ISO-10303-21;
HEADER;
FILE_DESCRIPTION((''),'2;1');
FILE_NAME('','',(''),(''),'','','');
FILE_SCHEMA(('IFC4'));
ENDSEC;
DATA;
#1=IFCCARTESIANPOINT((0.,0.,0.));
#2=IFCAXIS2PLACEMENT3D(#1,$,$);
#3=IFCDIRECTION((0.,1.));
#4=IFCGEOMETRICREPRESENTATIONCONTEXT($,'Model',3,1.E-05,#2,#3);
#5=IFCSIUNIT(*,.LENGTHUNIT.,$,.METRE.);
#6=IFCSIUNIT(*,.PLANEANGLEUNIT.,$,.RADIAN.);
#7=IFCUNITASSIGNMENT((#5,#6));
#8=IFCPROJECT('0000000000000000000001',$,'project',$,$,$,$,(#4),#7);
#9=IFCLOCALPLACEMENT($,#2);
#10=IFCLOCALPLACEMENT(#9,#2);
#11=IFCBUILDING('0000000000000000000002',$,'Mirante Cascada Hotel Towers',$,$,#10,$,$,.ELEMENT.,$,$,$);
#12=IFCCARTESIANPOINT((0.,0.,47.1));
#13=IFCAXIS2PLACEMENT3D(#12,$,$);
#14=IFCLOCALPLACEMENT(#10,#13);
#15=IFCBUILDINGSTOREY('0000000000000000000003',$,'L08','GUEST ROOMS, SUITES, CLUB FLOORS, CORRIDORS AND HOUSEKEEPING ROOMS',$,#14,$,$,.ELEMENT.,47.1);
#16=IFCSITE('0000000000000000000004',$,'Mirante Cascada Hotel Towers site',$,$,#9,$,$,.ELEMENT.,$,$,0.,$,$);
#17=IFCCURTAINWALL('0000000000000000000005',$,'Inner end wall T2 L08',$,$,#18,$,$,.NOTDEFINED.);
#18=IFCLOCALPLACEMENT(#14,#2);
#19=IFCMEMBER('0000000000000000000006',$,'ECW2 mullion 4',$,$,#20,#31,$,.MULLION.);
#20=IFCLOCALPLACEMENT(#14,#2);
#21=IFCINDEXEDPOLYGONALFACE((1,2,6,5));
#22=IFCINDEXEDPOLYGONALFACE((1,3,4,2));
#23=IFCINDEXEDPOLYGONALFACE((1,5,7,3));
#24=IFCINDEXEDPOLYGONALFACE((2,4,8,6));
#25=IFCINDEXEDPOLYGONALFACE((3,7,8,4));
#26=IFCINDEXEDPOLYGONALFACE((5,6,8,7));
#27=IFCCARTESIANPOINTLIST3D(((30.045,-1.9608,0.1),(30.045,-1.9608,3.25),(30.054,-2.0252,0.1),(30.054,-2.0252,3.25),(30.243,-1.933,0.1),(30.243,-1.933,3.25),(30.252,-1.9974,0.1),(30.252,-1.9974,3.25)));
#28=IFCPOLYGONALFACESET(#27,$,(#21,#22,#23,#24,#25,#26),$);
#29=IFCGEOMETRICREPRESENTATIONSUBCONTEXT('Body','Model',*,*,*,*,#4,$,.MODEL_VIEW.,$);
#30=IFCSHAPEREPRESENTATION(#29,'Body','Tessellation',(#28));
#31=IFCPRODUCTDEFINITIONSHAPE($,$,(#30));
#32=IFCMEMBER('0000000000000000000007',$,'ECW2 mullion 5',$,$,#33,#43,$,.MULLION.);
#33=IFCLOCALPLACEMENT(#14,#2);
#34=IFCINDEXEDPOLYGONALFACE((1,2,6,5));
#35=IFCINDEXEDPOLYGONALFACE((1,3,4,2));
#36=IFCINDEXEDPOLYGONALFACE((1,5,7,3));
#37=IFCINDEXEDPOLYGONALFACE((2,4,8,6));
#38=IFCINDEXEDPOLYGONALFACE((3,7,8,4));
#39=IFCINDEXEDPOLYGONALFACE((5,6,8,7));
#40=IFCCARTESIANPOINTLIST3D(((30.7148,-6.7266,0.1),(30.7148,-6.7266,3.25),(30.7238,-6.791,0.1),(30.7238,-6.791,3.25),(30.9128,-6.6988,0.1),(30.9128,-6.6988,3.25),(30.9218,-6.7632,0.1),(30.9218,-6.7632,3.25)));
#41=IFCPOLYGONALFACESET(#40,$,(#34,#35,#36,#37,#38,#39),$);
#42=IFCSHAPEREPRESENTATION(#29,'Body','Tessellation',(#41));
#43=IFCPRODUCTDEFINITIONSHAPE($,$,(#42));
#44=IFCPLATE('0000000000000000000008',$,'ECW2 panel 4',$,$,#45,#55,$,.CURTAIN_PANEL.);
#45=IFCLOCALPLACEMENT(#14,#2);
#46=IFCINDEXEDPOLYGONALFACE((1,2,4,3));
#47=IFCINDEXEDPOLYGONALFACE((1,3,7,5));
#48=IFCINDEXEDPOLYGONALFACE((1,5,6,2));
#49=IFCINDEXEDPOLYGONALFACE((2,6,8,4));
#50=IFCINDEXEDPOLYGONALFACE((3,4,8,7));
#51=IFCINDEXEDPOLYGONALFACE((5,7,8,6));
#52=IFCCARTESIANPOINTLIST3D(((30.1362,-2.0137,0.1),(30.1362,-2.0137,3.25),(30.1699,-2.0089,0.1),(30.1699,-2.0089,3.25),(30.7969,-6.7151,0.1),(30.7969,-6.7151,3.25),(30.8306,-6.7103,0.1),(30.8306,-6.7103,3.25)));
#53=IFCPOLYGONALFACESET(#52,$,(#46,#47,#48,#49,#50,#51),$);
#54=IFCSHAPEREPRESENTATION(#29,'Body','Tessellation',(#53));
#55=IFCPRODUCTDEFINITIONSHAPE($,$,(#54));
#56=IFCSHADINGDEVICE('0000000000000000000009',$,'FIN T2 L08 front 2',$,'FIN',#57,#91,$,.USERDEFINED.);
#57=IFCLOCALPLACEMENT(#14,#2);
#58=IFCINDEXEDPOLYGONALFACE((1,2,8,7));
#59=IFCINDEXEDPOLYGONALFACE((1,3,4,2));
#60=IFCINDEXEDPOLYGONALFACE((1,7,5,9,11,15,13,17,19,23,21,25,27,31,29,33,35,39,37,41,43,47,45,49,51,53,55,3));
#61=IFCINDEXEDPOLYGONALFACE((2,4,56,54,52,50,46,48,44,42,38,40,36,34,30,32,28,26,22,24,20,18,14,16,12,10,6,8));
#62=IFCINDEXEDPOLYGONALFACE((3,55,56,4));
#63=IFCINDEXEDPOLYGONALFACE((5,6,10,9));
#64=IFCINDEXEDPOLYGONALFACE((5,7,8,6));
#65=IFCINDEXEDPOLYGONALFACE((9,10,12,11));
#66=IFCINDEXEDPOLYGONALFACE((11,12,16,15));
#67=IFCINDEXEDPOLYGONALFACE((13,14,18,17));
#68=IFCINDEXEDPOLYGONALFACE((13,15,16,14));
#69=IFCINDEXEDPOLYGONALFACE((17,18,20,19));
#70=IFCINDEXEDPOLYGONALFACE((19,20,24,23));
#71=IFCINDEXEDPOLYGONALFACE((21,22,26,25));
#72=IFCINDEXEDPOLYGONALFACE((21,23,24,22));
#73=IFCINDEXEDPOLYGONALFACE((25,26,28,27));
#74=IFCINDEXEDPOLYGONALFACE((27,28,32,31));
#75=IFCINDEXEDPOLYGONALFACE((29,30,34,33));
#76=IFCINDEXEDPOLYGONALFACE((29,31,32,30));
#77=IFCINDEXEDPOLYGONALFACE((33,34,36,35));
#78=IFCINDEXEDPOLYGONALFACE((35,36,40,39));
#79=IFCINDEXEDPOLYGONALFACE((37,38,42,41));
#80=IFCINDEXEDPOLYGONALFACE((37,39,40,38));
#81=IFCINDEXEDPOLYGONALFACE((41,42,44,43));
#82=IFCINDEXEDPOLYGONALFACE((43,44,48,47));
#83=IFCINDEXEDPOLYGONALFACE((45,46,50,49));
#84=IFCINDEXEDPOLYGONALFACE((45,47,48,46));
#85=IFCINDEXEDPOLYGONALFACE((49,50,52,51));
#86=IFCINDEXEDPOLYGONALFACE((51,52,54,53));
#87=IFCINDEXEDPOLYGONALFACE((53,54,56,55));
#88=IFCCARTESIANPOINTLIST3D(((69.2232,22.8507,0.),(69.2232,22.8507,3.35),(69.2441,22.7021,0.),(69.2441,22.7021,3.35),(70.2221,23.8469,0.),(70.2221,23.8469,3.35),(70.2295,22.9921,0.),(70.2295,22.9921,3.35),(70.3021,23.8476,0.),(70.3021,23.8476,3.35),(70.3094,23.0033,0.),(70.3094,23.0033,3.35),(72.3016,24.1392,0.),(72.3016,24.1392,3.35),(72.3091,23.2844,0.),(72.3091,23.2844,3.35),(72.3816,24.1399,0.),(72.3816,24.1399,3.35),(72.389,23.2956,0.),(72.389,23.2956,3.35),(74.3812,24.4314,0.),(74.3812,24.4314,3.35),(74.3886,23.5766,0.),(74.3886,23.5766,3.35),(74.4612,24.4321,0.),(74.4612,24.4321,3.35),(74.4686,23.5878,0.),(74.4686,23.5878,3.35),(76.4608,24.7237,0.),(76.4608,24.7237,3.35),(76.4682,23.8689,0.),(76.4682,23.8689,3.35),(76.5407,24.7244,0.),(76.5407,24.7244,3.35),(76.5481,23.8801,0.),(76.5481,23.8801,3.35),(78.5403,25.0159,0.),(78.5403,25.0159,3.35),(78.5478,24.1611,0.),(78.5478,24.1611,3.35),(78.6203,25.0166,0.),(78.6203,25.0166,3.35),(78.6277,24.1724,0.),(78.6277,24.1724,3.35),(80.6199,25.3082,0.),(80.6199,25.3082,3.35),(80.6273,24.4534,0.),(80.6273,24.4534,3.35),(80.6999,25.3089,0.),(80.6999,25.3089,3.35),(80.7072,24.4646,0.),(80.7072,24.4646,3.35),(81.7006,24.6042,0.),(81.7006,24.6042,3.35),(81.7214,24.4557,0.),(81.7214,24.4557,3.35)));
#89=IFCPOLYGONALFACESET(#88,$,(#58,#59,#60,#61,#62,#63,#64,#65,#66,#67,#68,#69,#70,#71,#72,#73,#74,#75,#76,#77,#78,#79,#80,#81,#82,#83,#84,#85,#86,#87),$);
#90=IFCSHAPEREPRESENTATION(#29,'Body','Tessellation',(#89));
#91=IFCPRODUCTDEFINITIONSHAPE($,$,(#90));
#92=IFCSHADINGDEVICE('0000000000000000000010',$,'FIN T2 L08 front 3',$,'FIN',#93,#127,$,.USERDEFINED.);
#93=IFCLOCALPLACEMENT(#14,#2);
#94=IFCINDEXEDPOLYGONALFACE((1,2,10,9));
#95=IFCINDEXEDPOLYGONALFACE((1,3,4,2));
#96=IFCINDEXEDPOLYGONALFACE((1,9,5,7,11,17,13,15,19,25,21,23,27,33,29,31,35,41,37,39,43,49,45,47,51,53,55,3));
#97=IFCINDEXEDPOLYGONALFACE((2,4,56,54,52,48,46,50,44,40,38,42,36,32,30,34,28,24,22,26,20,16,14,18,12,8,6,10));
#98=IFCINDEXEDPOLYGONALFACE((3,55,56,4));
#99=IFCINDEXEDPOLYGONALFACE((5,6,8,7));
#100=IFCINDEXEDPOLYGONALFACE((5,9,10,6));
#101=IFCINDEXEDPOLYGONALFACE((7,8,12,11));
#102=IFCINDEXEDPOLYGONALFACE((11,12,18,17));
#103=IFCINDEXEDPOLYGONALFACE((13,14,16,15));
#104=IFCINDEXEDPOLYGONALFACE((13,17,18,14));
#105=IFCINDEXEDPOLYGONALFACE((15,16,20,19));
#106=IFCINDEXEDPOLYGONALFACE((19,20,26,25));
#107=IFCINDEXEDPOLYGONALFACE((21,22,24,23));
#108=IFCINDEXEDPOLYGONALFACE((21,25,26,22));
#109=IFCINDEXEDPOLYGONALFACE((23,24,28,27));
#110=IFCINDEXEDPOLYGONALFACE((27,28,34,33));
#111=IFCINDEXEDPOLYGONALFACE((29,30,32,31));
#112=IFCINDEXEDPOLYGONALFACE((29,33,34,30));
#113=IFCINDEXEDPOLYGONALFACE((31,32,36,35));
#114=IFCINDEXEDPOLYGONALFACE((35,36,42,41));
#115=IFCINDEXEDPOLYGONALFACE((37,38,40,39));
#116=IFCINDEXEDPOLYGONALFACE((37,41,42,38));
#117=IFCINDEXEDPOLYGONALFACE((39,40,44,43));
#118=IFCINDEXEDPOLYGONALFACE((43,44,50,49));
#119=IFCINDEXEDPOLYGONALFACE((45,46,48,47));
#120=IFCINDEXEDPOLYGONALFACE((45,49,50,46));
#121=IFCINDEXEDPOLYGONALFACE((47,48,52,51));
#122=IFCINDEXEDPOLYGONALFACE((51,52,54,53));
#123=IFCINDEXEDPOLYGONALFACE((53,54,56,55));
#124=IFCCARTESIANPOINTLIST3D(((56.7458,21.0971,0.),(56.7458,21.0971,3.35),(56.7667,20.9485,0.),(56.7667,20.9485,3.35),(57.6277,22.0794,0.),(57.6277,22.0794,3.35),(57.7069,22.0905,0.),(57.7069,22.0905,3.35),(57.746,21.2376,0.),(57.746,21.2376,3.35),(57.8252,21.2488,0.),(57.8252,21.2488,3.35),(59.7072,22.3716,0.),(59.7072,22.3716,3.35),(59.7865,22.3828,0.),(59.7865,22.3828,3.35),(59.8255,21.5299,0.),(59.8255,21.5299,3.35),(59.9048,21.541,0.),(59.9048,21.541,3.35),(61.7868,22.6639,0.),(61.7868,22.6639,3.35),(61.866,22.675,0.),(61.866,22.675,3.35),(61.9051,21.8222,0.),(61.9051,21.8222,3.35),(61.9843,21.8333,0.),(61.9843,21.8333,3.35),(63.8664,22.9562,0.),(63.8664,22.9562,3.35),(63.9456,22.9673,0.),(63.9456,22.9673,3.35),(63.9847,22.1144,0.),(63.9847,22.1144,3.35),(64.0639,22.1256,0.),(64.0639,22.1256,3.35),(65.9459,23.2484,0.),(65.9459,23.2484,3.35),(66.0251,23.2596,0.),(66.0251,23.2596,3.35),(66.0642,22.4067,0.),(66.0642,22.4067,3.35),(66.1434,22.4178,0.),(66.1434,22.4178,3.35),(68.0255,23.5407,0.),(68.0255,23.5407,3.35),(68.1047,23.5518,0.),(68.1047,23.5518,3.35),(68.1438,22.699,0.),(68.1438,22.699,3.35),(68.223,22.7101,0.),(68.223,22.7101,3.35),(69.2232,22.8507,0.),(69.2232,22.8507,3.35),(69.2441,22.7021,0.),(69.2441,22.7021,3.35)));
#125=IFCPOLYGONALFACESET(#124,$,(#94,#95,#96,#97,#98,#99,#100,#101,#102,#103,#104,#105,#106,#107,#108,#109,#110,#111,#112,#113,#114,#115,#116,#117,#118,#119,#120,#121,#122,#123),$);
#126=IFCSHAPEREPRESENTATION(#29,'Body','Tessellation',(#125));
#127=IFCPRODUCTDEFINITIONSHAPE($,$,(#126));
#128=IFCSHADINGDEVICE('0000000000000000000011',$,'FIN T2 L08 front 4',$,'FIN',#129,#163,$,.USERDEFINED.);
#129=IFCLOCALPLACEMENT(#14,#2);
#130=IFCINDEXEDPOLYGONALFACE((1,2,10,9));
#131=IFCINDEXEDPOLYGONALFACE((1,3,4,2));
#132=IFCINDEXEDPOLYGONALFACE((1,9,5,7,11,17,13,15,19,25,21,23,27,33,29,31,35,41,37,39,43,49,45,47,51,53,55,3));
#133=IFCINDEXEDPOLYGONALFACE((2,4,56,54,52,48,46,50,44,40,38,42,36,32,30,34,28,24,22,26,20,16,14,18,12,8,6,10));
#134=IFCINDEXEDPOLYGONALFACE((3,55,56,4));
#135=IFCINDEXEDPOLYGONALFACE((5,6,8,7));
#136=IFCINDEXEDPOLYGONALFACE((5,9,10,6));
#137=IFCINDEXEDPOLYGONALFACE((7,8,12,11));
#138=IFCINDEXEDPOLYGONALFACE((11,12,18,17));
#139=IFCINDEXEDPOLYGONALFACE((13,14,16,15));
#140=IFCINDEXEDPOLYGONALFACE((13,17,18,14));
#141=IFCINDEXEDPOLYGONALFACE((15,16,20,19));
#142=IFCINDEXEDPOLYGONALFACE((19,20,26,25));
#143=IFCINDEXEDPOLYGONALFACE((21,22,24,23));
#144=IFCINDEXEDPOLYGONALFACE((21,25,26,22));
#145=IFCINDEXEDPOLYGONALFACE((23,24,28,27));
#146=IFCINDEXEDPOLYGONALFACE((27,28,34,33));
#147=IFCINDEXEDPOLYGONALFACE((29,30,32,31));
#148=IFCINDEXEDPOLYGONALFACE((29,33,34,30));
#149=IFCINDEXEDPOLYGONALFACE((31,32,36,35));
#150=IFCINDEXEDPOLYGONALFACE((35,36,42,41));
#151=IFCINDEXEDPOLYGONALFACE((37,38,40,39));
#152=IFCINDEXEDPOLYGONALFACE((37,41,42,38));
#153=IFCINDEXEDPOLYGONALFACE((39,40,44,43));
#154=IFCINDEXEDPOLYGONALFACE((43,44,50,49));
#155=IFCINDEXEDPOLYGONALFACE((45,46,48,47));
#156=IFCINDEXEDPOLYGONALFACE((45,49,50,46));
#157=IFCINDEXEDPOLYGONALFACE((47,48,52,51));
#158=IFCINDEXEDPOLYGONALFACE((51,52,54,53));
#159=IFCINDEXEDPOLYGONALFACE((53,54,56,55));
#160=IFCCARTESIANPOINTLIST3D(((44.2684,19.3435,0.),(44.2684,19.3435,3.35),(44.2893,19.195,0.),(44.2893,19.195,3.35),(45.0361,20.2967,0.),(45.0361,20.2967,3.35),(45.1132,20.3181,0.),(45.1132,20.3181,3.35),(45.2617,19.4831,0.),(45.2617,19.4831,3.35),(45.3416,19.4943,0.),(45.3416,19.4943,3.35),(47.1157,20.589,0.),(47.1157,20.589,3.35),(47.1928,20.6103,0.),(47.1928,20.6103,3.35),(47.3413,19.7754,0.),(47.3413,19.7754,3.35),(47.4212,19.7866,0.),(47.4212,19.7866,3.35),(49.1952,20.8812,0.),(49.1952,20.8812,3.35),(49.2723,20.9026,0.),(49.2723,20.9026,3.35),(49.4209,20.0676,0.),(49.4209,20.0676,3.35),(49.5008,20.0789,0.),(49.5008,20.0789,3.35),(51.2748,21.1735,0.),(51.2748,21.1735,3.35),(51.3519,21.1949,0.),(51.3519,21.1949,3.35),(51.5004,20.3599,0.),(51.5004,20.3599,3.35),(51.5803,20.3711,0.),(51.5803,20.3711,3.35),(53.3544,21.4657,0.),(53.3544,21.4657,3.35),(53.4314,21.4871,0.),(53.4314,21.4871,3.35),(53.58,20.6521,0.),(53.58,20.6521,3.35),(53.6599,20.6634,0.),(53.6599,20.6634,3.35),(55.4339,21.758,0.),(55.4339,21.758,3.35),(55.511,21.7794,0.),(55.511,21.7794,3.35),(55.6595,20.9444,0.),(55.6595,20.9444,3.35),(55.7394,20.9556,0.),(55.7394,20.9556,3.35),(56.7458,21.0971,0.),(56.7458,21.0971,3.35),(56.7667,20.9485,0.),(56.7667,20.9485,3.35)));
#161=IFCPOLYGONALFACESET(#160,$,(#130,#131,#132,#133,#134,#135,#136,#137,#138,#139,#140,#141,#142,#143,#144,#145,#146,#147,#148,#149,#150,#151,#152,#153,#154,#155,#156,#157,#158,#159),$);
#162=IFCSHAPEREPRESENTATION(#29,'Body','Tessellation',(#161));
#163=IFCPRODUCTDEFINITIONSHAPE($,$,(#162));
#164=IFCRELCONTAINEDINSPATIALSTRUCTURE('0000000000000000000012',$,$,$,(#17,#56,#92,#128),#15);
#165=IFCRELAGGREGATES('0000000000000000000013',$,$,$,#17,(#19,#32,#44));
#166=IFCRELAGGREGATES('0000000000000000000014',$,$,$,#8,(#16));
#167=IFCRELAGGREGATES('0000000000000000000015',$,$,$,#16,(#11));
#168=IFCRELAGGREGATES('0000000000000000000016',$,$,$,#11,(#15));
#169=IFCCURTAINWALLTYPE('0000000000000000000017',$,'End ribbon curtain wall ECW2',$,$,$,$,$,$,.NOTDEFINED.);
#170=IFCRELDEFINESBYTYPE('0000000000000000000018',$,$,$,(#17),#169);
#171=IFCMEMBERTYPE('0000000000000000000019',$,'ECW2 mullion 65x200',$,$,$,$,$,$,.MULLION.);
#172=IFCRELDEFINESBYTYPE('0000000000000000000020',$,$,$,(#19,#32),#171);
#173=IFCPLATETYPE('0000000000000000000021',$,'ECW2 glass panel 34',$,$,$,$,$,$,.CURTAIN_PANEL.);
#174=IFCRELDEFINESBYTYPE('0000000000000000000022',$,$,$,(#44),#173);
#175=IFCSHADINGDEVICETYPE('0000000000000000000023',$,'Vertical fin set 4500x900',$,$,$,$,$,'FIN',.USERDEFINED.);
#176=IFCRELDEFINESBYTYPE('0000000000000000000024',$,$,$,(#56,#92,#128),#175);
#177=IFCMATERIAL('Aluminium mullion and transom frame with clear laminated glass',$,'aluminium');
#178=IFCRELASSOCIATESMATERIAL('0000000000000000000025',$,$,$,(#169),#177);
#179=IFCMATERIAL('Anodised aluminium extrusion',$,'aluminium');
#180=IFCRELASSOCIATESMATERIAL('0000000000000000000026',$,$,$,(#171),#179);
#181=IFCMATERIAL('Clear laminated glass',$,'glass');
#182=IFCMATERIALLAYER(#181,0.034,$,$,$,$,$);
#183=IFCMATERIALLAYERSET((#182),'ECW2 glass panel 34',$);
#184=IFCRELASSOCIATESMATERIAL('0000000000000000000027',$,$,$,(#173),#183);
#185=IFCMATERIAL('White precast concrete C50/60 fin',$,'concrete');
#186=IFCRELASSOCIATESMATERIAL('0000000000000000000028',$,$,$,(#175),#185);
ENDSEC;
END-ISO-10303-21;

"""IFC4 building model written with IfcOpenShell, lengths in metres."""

from ifc_helpers import new_model, si_unit, direction, frame, origin, origin_2d, place, context, subcontext, project, spatial, polyline, rectangle, outline, extrude, material, layer, layer_set, material_profile, profile_set, type_object, element, aggregate, save


model = new_model("IFC4")

# Units and contexts
model_context = context("Model", 3, precision=1e-05, world=origin(), true_north=direction((0.0, 1.0)))
body_context = subcontext(model_context, "Body", "Model", "MODEL_VIEW")
ifc_project = project(units=[si_unit("LENGTHUNIT", "METRE"), si_unit("PLANEANGLEUNIT", "RADIAN")], contexts=[model_context])

# Site, building, storey
site_placement = place(None, origin())
site = spatial("IfcSite", under=ifc_project, at=site_placement, Name="Mirante Cascada Hotel Towers site", CompositionType="ELEMENT", RefElevation=0.0)
building_placement = place(site_placement, origin())
building = spatial("IfcBuilding", under=site, at=building_placement, Name="Mirante Cascada Hotel Towers", CompositionType="ELEMENT")
storey_placement = place(building_placement, frame((0.0, 0.0, 47.1)))
storey = spatial("IfcBuildingStorey", under=building, at=storey_placement, Name="L08", Description="GUEST ROOMS, SUITES, CLUB FLOORS, CORRIDORS AND HOUSEKEEPING ROOMS", CompositionType="ELEMENT", Elevation=47.1)

# Curtain wall, members, plate
ifc_material_1 = material(Name="Aluminium mullion and transom frame with clear laminated glass", Category="aluminium")
curtain_wall_type = type_object("IfcCurtainWallType", Name="End ribbon curtain wall ECW2", PredefinedType="NOTDEFINED", material=ifc_material_1)
curtain_wall_placement = place(storey_placement, origin())
curtain_wall = element("IfcCurtainWall", 1, at=curtain_wall_placement, inside=storey, type_object=curtain_wall_type, Name="Inner end wall T2 L08", PredefinedType="NOTDEFINED")
ifc_material_2 = material(Name="Anodised aluminium extrusion", Category="aluminium")
ifc_material_profile = material_profile(ifc_material_2, rectangle(XDim=0.2, YDim=0.065, at=origin_2d()), Name="ECW2 MULLION 65x200")
ifc_profile_set = profile_set([ifc_material_profile], Name="Anodised aluminium extrusion")
member_type = type_object("IfcMemberType", Name="ECW2 mullion 65x200", PredefinedType="MULLION", material=ifc_profile_set)
member_1_placement = place(storey_placement, frame((30.1485, -1.9791, 0.1), z_axis=(0.0, 0.0, 1.0), x_axis=(0.990268, 0.139173, 0.0)))
member_1 = element("IfcMember", 2, at=member_1_placement, type_object=member_type, Name="ECW2 mullion 4", PredefinedType="MULLION", context=body_context, shape_type="SweptSolid", body=[
    extrude(rectangle(XDim=0.2, YDim=0.065, at=origin_2d()), origin(), (0.0, 0.0, 1.0), 3.15),
])
member_2_placement = place(storey_placement, frame((30.8183, -6.7449, 0.1), z_axis=(0.0, 0.0, 1.0), x_axis=(0.990268, 0.139173, 0.0)))
member_2 = element("IfcMember", 3, at=member_2_placement, type_object=member_type, Name="ECW2 mullion 5", PredefinedType="MULLION", context=body_context, shape_type="SweptSolid", body=[
    extrude(rectangle(XDim=0.2, YDim=0.065, at=origin_2d()), origin(), (0.0, 0.0, 1.0), 3.15),
])
ifc_material_3 = material(Name="Clear laminated glass", Category="glass")
ifc_layer = layer(ifc_material_3, 0.034)
ifc_layer_set = layer_set([ifc_layer], Name="ECW2 glass panel 34")
plate_type = type_object("IfcPlateType", Name="ECW2 glass panel 34", PredefinedType="CURTAIN_PANEL", material=ifc_layer_set)
plate_placement = place(storey_placement, frame((30.4834, -4.362, 0.1), z_axis=(0.0, 0.0, 1.0), x_axis=(0.139173, -0.990268, 0.0)))
plate = element("IfcPlate", 4, at=plate_placement, type_object=plate_type, Name="ECW2 panel 4", PredefinedType="CURTAIN_PANEL", context=body_context, shape_type="SweptSolid", body=[
    extrude(rectangle(XDim=4.7476, YDim=0.034, at=origin_2d()), origin(), (0.0, 0.0, 1.0), 3.15),
])
aggregate(curtain_wall, [member_1, member_2, plate])

# Shading devices
ifc_material_4 = material(Name="White precast concrete C50/60 fin", Category="concrete")
shading_device_type = type_object("IfcShadingDeviceType", Name="Vertical fin set 4500x900", ElementType="FIN", PredefinedType="USERDEFINED", material=ifc_material_4)
shading_device_1_placement = place(storey_placement, origin())
element("IfcShadingDevice", 5, at=shading_device_1_placement, inside=storey, type_object=shading_device_type, Name="FIN T2 L08 front 2", ObjectType="FIN", PredefinedType="USERDEFINED", context=body_context, shape_type="SweptSolid", body=[
    extrude(outline(polyline([(70.3021, 23.8476), (70.3094, 23.0033), (72.3091, 23.2844), (72.3016, 24.1392), (72.3816, 24.1399), (72.389, 23.2956), (74.3886, 23.5766), (74.3812, 24.4314), (74.4612, 24.4321), (74.4686, 23.5878), (76.4682, 23.8689), (76.4608, 24.7237), (76.5407, 24.7244), (76.5481, 23.8801), (78.5478, 24.1611), (78.5403, 25.0159), (78.6203, 25.0166), (78.6277, 24.1724), (80.6273, 24.4534), (80.6199, 25.3082), (80.6999, 25.3089), (80.7072, 24.4646), (81.7006, 24.6042), (81.7214, 24.4557), (69.2441, 22.7021), (69.2232, 22.8507), (70.2295, 22.9921), (70.2221, 23.8469), (70.3021, 23.8476)])), origin(), (0.0, 0.0, 1.0), 3.35),
])
shading_device_2_placement = place(storey_placement, origin())
element("IfcShadingDevice", 6, at=shading_device_2_placement, inside=storey, type_object=shading_device_type, Name="FIN T2 L08 front 3", ObjectType="FIN", PredefinedType="USERDEFINED", context=body_context, shape_type="SweptSolid", body=[
    extrude(outline(polyline([(57.7069, 22.0905), (57.8252, 21.2488), (59.8255, 21.5299), (59.7072, 22.3716), (59.7865, 22.3828), (59.9048, 21.541), (61.9051, 21.8222), (61.7868, 22.6639), (61.866, 22.675), (61.9843, 21.8333), (63.9847, 22.1144), (63.8664, 22.9562), (63.9456, 22.9673), (64.0639, 22.1256), (66.0642, 22.4067), (65.9459, 23.2484), (66.0251, 23.2596), (66.1434, 22.4178), (68.1438, 22.699), (68.0255, 23.5407), (68.1047, 23.5518), (68.223, 22.7101), (69.2232, 22.8507), (69.2441, 22.7021), (56.7667, 20.9485), (56.7458, 21.0971), (57.746, 21.2376), (57.6277, 22.0794), (57.7069, 22.0905)])), origin(), (0.0, 0.0, 1.0), 3.35),
])
shading_device_3_placement = place(storey_placement, origin())
element("IfcShadingDevice", 7, at=shading_device_3_placement, inside=storey, type_object=shading_device_type, Name="FIN T2 L08 front 4", ObjectType="FIN", PredefinedType="USERDEFINED", context=body_context, shape_type="SweptSolid", body=[
    extrude(outline(polyline([(45.1132, 20.3181), (45.3416, 19.4943), (47.3413, 19.7754), (47.1157, 20.589), (47.1928, 20.6103), (47.4212, 19.7866), (49.4209, 20.0676), (49.1952, 20.8812), (49.2723, 20.9026), (49.5008, 20.0789), (51.5004, 20.3599), (51.2748, 21.1735), (51.3519, 21.1949), (51.5803, 20.3711), (53.58, 20.6521), (53.3544, 21.4657), (53.4314, 21.4871), (53.6599, 20.6634), (55.6595, 20.9444), (55.4339, 21.758), (55.511, 21.7794), (55.7394, 20.9556), (56.7458, 21.0971), (56.7667, 20.9485), (44.2893, 19.195), (44.2684, 19.3435), (45.2617, 19.4831), (45.0361, 20.2967), (45.1132, 20.3181)])), origin(), (0.0, 0.0, 1.0), 3.35),
])

save(model, "model.ifc")
